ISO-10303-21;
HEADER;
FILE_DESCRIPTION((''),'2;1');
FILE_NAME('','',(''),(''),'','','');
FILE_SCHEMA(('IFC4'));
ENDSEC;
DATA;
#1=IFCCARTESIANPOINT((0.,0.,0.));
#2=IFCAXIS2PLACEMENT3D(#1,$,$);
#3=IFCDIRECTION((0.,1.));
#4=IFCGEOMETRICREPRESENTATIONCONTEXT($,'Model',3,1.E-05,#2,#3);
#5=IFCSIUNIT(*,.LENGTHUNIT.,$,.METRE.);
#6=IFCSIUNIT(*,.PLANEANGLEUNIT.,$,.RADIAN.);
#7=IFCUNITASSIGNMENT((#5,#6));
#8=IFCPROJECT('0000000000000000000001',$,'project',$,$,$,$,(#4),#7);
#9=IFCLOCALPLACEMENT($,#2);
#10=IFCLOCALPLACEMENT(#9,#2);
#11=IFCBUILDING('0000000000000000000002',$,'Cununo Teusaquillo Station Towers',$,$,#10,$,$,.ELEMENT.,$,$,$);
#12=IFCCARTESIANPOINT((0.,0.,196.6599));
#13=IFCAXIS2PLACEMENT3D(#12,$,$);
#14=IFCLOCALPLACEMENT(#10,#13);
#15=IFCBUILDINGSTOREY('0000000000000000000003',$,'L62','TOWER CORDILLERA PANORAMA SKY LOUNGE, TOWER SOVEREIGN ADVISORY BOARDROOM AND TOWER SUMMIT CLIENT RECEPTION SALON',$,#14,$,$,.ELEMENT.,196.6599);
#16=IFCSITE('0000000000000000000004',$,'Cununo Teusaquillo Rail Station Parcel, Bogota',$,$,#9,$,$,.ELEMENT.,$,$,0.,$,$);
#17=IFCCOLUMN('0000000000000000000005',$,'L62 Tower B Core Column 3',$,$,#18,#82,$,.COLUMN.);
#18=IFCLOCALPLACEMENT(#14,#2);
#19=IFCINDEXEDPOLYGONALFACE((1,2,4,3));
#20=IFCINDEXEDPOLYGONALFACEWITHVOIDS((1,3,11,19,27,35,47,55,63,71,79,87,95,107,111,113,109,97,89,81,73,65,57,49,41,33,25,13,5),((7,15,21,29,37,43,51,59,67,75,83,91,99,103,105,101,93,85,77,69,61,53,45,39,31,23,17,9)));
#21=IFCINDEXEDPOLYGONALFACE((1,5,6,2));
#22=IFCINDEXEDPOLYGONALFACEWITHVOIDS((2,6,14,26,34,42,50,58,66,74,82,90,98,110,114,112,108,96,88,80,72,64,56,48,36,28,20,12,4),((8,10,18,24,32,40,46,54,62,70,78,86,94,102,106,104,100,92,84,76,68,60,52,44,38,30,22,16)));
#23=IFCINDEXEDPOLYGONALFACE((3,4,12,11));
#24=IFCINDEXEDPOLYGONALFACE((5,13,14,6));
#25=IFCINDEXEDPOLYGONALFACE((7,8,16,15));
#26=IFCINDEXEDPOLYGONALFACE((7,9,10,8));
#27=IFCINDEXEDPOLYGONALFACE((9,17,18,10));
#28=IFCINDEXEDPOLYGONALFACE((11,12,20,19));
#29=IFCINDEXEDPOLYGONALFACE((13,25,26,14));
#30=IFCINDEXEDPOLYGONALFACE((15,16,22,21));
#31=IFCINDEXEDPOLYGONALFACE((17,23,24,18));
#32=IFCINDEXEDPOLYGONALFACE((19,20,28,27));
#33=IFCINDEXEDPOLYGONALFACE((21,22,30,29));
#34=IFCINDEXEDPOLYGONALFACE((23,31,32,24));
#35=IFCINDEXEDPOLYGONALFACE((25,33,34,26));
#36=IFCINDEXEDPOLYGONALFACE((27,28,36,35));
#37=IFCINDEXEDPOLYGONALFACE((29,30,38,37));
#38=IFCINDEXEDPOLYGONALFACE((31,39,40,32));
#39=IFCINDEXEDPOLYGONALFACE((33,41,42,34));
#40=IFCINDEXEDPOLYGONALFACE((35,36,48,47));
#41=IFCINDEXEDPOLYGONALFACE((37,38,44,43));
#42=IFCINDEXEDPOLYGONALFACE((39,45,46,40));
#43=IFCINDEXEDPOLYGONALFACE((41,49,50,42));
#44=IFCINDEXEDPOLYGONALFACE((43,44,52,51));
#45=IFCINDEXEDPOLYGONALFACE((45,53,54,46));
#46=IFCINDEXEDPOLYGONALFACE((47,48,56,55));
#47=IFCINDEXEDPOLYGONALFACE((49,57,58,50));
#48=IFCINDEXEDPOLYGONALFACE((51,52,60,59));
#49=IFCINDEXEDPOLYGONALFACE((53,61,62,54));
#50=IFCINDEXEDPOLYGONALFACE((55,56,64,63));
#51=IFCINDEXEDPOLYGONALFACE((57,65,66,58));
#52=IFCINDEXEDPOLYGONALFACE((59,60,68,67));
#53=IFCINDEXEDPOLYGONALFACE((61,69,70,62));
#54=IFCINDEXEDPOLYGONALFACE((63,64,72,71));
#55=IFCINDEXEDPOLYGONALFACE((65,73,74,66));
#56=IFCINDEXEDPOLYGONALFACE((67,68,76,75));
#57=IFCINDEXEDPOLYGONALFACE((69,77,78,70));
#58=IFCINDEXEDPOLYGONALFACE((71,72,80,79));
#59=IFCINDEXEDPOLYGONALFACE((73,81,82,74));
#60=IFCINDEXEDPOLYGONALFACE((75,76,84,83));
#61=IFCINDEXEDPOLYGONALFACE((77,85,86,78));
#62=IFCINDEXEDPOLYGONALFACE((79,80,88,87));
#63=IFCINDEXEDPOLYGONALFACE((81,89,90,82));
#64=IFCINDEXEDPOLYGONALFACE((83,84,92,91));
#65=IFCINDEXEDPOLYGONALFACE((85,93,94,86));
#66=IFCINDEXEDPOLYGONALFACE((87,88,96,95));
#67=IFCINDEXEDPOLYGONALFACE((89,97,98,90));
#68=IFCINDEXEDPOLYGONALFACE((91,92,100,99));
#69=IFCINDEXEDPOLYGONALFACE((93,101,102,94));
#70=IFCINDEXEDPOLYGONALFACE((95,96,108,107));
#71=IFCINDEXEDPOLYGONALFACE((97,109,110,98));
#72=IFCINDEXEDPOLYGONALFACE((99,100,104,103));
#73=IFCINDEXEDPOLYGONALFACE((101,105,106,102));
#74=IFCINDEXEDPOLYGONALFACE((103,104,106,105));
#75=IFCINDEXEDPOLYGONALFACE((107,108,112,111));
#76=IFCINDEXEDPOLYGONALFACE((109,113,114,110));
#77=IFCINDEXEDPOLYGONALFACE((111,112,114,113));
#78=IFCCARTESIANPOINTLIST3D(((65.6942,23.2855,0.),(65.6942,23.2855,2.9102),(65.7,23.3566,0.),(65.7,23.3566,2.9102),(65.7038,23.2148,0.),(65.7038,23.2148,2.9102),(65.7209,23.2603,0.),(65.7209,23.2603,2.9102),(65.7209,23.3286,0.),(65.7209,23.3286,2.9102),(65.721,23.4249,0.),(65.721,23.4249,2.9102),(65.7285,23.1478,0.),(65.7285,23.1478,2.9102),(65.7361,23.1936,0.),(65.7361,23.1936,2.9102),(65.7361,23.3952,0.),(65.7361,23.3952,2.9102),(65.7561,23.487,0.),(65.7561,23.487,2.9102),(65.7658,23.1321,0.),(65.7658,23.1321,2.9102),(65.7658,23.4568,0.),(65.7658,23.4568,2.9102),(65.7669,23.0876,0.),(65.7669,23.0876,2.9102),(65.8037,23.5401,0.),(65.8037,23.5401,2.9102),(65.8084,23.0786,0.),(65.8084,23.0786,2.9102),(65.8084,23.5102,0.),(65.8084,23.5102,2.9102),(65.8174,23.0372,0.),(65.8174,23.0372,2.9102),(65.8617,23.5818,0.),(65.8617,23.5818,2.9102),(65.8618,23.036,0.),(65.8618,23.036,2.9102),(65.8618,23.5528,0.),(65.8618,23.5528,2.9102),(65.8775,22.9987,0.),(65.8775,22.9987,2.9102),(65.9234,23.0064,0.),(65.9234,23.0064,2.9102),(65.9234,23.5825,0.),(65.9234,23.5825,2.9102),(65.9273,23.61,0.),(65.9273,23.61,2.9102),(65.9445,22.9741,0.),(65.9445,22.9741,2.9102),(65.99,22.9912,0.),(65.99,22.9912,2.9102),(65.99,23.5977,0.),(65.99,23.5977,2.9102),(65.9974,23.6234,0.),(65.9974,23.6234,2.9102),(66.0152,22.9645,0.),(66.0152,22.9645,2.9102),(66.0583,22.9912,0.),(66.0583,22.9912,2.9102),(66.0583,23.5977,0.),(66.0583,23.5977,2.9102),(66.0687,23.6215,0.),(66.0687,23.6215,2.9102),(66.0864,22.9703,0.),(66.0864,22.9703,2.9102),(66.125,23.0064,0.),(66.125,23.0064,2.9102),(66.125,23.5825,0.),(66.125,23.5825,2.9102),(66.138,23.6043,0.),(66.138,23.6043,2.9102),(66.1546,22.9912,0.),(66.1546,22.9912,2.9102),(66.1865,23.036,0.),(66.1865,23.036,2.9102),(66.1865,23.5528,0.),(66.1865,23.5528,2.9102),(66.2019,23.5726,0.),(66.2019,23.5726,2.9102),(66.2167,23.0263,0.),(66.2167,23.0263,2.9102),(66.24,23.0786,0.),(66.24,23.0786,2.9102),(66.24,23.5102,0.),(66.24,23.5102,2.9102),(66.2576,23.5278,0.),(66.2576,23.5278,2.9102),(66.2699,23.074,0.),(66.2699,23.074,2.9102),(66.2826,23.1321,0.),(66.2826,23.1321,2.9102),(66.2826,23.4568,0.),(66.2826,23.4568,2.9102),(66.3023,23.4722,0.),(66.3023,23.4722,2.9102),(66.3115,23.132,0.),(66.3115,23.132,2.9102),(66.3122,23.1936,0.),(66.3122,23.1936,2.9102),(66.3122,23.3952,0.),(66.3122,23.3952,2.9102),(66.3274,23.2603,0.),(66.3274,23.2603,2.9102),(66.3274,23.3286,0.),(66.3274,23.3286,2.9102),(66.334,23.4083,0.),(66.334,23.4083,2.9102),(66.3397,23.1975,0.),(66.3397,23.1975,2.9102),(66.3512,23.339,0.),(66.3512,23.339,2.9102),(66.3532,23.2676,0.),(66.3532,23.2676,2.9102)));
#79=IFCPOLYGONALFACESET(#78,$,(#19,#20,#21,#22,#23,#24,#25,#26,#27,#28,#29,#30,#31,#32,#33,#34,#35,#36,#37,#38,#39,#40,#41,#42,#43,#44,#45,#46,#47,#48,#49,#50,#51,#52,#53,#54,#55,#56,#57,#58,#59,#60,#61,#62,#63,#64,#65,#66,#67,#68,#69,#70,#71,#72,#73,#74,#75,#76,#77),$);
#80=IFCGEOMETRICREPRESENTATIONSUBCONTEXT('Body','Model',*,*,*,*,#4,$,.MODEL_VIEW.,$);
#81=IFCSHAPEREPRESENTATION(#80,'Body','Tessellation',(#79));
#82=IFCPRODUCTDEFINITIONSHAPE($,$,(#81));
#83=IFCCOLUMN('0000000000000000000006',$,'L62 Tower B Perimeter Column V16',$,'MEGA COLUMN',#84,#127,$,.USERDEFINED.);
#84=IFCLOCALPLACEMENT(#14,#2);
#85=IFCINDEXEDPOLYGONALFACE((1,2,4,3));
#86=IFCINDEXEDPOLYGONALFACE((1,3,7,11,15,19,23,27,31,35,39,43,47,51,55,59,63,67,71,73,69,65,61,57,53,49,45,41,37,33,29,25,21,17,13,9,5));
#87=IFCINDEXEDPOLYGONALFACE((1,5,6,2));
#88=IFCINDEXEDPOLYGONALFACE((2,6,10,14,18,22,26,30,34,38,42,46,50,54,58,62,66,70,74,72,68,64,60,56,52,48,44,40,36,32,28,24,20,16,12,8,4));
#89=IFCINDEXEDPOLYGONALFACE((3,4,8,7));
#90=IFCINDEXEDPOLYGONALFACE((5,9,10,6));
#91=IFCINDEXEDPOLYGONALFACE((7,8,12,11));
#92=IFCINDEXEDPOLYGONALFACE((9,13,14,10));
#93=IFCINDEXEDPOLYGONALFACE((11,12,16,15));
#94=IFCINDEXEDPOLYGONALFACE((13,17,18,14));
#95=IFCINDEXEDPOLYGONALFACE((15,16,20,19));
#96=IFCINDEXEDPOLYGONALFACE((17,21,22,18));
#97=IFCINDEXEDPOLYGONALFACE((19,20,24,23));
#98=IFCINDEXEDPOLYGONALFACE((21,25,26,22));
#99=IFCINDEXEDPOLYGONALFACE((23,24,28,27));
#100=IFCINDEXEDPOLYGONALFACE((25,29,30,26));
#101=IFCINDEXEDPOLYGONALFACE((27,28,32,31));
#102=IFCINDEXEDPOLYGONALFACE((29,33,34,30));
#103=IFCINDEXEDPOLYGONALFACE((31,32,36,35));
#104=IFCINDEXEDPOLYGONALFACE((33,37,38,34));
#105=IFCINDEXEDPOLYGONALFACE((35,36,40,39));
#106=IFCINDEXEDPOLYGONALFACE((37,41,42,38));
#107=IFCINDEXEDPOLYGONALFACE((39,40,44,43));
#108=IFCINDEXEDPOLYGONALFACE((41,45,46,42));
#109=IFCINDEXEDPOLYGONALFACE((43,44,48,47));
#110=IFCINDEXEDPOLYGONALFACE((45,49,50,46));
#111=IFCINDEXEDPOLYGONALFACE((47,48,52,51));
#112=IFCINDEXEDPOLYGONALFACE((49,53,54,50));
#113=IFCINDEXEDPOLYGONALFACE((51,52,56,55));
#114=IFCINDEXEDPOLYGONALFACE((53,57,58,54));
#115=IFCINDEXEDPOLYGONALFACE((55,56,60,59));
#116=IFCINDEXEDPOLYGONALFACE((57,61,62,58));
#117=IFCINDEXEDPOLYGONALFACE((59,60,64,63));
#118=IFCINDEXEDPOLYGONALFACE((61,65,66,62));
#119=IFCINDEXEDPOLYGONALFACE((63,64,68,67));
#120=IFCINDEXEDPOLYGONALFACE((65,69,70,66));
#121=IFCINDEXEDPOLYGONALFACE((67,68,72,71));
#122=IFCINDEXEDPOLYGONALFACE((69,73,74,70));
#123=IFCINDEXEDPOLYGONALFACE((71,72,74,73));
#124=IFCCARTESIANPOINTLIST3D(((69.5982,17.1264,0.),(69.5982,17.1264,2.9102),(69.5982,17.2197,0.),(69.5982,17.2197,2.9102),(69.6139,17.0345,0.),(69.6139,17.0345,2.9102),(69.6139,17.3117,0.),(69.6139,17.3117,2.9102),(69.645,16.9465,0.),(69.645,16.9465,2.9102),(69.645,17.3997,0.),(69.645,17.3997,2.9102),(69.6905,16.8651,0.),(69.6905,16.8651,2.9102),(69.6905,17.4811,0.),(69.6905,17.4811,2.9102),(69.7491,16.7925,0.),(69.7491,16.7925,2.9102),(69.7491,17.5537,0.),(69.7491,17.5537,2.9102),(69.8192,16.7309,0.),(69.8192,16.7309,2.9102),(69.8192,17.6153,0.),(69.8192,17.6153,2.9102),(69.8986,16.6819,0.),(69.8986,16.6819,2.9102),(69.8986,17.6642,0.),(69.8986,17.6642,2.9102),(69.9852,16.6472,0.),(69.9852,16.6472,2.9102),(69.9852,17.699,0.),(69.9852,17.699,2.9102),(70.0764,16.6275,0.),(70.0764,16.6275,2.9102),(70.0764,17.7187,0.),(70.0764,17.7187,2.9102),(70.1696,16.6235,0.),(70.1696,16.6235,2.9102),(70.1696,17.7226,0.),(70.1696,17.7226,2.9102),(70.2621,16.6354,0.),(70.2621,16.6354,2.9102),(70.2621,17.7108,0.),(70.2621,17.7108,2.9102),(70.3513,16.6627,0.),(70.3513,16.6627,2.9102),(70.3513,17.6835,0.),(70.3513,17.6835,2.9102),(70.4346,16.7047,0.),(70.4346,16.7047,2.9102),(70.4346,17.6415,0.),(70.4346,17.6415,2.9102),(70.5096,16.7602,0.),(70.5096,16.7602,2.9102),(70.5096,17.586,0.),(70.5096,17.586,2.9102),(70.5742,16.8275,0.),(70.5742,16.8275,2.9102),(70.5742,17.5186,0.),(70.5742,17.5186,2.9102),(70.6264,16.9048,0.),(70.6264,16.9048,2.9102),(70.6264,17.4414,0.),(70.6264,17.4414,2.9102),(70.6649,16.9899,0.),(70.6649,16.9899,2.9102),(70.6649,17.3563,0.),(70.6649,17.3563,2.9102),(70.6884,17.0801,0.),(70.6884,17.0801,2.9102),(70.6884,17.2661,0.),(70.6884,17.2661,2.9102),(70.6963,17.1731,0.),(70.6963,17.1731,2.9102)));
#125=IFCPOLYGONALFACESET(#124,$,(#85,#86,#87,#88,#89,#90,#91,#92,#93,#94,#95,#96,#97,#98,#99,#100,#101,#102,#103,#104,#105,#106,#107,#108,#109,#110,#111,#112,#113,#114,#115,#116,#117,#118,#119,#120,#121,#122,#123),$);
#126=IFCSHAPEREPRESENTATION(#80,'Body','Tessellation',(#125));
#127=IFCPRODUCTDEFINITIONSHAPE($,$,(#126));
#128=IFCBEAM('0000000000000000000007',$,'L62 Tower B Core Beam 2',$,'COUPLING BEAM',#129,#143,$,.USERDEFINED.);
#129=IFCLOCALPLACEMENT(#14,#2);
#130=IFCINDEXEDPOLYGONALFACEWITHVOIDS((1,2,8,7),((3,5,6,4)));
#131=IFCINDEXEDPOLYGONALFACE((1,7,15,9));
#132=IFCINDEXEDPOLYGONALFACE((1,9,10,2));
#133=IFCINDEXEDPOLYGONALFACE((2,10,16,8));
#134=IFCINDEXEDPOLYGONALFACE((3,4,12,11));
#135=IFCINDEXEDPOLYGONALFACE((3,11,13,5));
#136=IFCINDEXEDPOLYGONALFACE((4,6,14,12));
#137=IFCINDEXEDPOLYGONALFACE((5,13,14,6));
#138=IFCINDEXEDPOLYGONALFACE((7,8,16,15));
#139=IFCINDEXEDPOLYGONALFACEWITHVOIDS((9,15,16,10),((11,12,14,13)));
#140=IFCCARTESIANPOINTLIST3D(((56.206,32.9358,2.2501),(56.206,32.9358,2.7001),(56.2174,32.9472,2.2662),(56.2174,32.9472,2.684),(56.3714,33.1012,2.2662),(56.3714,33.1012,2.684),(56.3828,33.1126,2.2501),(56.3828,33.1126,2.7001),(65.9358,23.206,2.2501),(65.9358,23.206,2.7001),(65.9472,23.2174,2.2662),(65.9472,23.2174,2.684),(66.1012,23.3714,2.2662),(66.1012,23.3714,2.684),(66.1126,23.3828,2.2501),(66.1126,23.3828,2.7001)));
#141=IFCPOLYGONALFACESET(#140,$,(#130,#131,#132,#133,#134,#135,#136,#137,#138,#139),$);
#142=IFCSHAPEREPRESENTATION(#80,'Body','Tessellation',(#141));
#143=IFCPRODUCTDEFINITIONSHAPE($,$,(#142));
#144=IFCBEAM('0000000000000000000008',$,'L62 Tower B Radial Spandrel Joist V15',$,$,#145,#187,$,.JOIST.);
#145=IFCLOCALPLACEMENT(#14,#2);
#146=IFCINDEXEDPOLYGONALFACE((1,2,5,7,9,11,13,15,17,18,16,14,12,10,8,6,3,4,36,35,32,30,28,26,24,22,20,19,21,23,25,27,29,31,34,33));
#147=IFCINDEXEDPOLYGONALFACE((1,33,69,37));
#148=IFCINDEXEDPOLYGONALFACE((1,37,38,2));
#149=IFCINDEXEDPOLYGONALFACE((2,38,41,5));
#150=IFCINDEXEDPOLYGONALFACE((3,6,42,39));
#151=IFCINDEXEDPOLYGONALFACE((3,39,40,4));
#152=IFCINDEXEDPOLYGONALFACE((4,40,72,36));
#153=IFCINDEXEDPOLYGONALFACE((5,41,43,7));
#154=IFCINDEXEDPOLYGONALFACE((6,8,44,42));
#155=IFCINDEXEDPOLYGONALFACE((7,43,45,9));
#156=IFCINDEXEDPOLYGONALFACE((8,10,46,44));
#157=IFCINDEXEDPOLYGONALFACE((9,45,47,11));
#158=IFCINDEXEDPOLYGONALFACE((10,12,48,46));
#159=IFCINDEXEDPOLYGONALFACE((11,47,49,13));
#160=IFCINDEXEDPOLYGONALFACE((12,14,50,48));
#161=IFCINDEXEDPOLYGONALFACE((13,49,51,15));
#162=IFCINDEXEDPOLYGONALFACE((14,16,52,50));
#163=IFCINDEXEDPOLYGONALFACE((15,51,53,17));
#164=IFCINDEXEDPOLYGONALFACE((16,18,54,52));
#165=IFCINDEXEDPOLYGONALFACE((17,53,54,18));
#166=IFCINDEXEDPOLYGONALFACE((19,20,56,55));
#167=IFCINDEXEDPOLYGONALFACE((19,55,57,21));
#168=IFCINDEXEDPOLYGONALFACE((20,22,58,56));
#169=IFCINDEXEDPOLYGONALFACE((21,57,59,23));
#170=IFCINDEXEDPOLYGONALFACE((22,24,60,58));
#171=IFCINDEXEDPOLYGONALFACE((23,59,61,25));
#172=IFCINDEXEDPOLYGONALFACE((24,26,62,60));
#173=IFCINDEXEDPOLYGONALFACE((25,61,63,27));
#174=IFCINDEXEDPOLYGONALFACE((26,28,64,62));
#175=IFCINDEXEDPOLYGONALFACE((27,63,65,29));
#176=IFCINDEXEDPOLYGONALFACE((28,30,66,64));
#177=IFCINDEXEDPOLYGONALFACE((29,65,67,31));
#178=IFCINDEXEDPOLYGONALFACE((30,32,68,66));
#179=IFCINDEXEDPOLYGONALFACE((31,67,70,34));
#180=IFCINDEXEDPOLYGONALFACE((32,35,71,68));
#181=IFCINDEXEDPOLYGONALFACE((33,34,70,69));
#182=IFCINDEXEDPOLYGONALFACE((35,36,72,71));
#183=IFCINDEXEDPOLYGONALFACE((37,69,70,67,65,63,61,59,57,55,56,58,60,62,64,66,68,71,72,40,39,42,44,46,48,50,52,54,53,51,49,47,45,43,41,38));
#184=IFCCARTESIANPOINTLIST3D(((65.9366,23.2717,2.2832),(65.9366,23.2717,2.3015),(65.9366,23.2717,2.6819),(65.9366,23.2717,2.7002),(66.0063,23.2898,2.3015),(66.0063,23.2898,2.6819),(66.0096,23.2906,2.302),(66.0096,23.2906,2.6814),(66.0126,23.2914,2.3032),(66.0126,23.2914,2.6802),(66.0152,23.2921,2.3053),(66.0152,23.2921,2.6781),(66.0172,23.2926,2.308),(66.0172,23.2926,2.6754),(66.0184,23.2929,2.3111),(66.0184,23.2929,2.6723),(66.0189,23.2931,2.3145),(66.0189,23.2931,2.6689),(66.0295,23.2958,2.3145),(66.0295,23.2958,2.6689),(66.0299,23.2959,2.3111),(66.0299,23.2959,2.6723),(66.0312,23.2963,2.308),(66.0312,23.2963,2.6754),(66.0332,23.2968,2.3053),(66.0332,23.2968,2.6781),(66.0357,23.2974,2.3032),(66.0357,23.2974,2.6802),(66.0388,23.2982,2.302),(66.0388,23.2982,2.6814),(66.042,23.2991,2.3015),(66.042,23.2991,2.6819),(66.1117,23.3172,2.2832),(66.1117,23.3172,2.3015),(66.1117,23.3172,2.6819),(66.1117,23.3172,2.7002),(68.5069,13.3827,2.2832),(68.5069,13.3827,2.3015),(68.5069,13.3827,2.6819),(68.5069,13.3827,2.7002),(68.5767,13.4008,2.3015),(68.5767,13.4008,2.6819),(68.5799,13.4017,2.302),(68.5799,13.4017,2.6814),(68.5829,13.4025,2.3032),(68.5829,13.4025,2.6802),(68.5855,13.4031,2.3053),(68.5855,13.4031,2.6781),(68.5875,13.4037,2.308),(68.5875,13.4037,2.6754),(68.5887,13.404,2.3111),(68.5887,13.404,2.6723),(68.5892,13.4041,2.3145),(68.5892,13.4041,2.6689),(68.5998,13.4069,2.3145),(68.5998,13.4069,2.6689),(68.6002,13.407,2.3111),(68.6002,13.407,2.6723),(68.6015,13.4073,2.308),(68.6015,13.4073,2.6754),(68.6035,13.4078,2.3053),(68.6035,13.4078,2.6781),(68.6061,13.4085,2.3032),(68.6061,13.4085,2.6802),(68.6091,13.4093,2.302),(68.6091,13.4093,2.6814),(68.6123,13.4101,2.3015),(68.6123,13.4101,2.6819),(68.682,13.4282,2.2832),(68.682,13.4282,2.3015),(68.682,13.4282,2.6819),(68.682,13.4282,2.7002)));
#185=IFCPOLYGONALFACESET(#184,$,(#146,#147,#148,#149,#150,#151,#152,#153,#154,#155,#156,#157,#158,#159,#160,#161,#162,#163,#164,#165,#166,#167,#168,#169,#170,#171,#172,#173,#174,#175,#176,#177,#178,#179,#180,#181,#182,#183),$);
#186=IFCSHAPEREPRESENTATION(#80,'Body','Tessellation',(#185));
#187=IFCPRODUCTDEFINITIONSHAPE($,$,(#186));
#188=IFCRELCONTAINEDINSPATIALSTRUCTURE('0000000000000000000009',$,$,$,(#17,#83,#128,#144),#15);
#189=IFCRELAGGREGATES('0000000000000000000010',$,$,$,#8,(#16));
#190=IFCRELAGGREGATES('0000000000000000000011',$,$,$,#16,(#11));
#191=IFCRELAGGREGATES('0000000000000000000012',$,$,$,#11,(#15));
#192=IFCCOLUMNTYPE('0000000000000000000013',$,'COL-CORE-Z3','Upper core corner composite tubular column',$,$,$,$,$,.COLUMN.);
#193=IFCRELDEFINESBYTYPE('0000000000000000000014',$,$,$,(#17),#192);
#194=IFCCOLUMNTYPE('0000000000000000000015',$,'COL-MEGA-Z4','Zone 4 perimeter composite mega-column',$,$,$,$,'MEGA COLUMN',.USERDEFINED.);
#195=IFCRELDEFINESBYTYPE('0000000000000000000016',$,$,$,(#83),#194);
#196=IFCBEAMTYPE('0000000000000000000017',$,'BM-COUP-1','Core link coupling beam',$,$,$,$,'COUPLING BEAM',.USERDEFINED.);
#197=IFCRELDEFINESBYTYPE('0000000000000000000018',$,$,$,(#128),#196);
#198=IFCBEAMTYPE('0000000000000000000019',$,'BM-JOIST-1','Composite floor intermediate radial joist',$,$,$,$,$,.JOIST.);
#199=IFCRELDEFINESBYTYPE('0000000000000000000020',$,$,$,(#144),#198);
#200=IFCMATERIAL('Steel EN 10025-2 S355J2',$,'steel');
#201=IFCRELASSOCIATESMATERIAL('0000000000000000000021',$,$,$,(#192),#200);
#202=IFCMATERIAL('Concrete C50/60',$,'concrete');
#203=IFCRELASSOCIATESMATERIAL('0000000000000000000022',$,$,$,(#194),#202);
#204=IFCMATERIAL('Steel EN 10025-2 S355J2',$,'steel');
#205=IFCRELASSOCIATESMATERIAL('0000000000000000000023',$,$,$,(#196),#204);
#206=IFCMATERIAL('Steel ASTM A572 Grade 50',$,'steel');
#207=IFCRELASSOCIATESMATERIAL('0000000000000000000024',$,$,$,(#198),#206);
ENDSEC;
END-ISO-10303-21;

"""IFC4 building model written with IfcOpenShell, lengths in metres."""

from ifc_helpers import new_model, si_unit, direction, frame, origin, origin_2d, place, context, subcontext, project, spatial, hollow_rectangle, circle, hollow_circle, i_section, extrude, material, material_profile, profile_set, type_object, element, save


model = new_model("IFC4")

# Units and contexts
model_context = context("Model", 3, precision=1e-05, world=origin(), true_north=direction((0.0, 1.0)))
body_context = subcontext(model_context, "Body", "Model", "MODEL_VIEW")
ifc_project = project(units=[si_unit("LENGTHUNIT", "METRE"), si_unit("PLANEANGLEUNIT", "RADIAN")], contexts=[model_context])

# Site, building, storey
site_placement = place(None, origin())
site = spatial("IfcSite", under=ifc_project, at=site_placement, Name="Cununo Teusaquillo Rail Station Parcel, Bogota", CompositionType="ELEMENT", RefElevation=0.0)
building_placement = place(site_placement, origin())
building = spatial("IfcBuilding", under=site, at=building_placement, Name="Cununo Teusaquillo Station Towers", CompositionType="ELEMENT")
storey_placement = place(building_placement, frame((0.0, 0.0, 196.6599)))
storey = spatial("IfcBuildingStorey", under=building, at=storey_placement, Name="L62", Description="TOWER CORDILLERA PANORAMA SKY LOUNGE, TOWER SOVEREIGN ADVISORY BOARDROOM AND TOWER SUMMIT CLIENT RECEPTION SALON", CompositionType="ELEMENT", Elevation=196.6599)

# Columns
ifc_material_1 = material(Name="Steel EN 10025-2 S355J2", Category="steel")
ifc_material_profile_1 = material_profile(ifc_material_1, hollow_circle(Radius=0.3301, WallThickness=0.0249, at=origin_2d()), Name="CHS 660x25")
ifc_profile_set_1 = profile_set([ifc_material_profile_1], Name="Steel EN 10025-2 S355J2")
column_type_1 = type_object("IfcColumnType", Name="COL-CORE-Z3", Description="Upper core corner composite tubular column", PredefinedType="COLUMN", material=ifc_profile_set_1)
column_1_placement = place(storey_placement, frame((66.0242, 23.2944, 0.0), z_axis=(0.0, 0.0, 1.0), x_axis=(0.707107, 0.707107, 0.0)))
element("IfcColumn", 1, at=column_1_placement, inside=storey, type_object=column_type_1, Name="L62 Tower B Core Column 3", PredefinedType="COLUMN", context=body_context, shape_type="SweptSolid", body=[
    extrude(hollow_circle(Radius=0.3301, WallThickness=0.0249, at=origin_2d()), origin(), (0.0, 0.0, 1.0), 2.9102),
])
ifc_material_2 = material(Name="Concrete C50/60", Category="concrete")
ifc_material_profile_2 = material_profile(ifc_material_2, circle(Radius=0.55, at=origin_2d()), Name="RC-CIRC-1100")
ifc_profile_set_2 = profile_set([ifc_material_profile_2], Name="Concrete C50/60")
column_type_2 = type_object("IfcColumnType", Name="COL-MEGA-Z4", Description="Zone 4 perimeter composite mega-column", ElementType="MEGA COLUMN", PredefinedType="USERDEFINED", material=ifc_profile_set_2)
column_2_placement = place(storey_placement, frame((70.1462, 17.1731, 0.0), z_axis=(0.0, 0.0, 1.0), x_axis=(1.0, 0.0, 0.0)))
element("IfcColumn", 2, at=column_2_placement, inside=storey, type_object=column_type_2, Name="L62 Tower B Perimeter Column V16", ObjectType="MEGA COLUMN", PredefinedType="USERDEFINED", context=body_context, shape_type="SweptSolid", body=[
    extrude(circle(Radius=0.55, at=origin_2d()), origin(), (0.0, 0.0, 1.0), 2.9102),
])

# Beams
ifc_material_3 = material(Name="Steel EN 10025-2 S355J2", Category="steel")
ifc_material_profile_3 = material_profile(ifc_material_3, hollow_rectangle(XDim=0.25, YDim=0.45, WallThickness=0.0161, at=origin_2d()), Name="RHS 450x250x16")
ifc_profile_set_3 = profile_set([ifc_material_profile_3], Name="Steel EN 10025-2 S355J2")
beam_type_1 = type_object("IfcBeamType", Name="BM-COUP-1", Description="Core link coupling beam", ElementType="COUPLING BEAM", PredefinedType="USERDEFINED", material=ifc_profile_set_3)
beam_1_placement = place(storey_placement, frame((66.0242, 23.2944, 2.4751), z_axis=(-0.707107, 0.707107, 0.0), x_axis=(-0.707107, -0.707107, 0.0)))
element("IfcBeam", 3, at=beam_1_placement, inside=storey, type_object=beam_type_1, Name="L62 Tower B Core Beam 2", ObjectType="COUPLING BEAM", PredefinedType="USERDEFINED", context=body_context, shape_type="SweptSolid", body=[
    extrude(hollow_rectangle(XDim=0.25, YDim=0.45, WallThickness=0.0161, at=origin_2d()), origin(), (0.0, 0.0, 1.0), 13.76),
])
ifc_material_4 = material(Name="Steel ASTM A572 Grade 50", Category="steel")
ifc_material_profile_4 = material_profile(ifc_material_4, i_section(OverallWidth=0.1809, OverallDepth=0.417, WebThickness=0.011, FlangeThickness=0.0183, FilletRadius=0.0129, at=origin_2d()), Name="W16X57")
ifc_profile_set_4 = profile_set([ifc_material_profile_4], Name="Steel ASTM A572 Grade 50")
beam_type_2 = type_object("IfcBeamType", Name="BM-JOIST-1", Description="Composite floor intermediate radial joist", PredefinedType="JOIST", material=ifc_profile_set_4)
beam_2_placement = place(storey_placement, frame((66.0242, 23.2944, 2.4917), z_axis=(0.25156, -0.967842, 0.0), x_axis=(0.967842, 0.25156, 0.0)))
element("IfcBeam", 4, at=beam_2_placement, inside=storey, type_object=beam_type_2, Name="L62 Tower B Radial Spandrel Joist V15", PredefinedType="JOIST", context=body_context, shape_type="SweptSolid", body=[
    extrude(i_section(OverallWidth=0.1809, OverallDepth=0.417, WebThickness=0.011, FlangeThickness=0.0183, FilletRadius=0.0129, at=origin_2d()), origin(), (0.0, 0.0, 1.0), 10.2175),
])

save(model, "model.ifc")
